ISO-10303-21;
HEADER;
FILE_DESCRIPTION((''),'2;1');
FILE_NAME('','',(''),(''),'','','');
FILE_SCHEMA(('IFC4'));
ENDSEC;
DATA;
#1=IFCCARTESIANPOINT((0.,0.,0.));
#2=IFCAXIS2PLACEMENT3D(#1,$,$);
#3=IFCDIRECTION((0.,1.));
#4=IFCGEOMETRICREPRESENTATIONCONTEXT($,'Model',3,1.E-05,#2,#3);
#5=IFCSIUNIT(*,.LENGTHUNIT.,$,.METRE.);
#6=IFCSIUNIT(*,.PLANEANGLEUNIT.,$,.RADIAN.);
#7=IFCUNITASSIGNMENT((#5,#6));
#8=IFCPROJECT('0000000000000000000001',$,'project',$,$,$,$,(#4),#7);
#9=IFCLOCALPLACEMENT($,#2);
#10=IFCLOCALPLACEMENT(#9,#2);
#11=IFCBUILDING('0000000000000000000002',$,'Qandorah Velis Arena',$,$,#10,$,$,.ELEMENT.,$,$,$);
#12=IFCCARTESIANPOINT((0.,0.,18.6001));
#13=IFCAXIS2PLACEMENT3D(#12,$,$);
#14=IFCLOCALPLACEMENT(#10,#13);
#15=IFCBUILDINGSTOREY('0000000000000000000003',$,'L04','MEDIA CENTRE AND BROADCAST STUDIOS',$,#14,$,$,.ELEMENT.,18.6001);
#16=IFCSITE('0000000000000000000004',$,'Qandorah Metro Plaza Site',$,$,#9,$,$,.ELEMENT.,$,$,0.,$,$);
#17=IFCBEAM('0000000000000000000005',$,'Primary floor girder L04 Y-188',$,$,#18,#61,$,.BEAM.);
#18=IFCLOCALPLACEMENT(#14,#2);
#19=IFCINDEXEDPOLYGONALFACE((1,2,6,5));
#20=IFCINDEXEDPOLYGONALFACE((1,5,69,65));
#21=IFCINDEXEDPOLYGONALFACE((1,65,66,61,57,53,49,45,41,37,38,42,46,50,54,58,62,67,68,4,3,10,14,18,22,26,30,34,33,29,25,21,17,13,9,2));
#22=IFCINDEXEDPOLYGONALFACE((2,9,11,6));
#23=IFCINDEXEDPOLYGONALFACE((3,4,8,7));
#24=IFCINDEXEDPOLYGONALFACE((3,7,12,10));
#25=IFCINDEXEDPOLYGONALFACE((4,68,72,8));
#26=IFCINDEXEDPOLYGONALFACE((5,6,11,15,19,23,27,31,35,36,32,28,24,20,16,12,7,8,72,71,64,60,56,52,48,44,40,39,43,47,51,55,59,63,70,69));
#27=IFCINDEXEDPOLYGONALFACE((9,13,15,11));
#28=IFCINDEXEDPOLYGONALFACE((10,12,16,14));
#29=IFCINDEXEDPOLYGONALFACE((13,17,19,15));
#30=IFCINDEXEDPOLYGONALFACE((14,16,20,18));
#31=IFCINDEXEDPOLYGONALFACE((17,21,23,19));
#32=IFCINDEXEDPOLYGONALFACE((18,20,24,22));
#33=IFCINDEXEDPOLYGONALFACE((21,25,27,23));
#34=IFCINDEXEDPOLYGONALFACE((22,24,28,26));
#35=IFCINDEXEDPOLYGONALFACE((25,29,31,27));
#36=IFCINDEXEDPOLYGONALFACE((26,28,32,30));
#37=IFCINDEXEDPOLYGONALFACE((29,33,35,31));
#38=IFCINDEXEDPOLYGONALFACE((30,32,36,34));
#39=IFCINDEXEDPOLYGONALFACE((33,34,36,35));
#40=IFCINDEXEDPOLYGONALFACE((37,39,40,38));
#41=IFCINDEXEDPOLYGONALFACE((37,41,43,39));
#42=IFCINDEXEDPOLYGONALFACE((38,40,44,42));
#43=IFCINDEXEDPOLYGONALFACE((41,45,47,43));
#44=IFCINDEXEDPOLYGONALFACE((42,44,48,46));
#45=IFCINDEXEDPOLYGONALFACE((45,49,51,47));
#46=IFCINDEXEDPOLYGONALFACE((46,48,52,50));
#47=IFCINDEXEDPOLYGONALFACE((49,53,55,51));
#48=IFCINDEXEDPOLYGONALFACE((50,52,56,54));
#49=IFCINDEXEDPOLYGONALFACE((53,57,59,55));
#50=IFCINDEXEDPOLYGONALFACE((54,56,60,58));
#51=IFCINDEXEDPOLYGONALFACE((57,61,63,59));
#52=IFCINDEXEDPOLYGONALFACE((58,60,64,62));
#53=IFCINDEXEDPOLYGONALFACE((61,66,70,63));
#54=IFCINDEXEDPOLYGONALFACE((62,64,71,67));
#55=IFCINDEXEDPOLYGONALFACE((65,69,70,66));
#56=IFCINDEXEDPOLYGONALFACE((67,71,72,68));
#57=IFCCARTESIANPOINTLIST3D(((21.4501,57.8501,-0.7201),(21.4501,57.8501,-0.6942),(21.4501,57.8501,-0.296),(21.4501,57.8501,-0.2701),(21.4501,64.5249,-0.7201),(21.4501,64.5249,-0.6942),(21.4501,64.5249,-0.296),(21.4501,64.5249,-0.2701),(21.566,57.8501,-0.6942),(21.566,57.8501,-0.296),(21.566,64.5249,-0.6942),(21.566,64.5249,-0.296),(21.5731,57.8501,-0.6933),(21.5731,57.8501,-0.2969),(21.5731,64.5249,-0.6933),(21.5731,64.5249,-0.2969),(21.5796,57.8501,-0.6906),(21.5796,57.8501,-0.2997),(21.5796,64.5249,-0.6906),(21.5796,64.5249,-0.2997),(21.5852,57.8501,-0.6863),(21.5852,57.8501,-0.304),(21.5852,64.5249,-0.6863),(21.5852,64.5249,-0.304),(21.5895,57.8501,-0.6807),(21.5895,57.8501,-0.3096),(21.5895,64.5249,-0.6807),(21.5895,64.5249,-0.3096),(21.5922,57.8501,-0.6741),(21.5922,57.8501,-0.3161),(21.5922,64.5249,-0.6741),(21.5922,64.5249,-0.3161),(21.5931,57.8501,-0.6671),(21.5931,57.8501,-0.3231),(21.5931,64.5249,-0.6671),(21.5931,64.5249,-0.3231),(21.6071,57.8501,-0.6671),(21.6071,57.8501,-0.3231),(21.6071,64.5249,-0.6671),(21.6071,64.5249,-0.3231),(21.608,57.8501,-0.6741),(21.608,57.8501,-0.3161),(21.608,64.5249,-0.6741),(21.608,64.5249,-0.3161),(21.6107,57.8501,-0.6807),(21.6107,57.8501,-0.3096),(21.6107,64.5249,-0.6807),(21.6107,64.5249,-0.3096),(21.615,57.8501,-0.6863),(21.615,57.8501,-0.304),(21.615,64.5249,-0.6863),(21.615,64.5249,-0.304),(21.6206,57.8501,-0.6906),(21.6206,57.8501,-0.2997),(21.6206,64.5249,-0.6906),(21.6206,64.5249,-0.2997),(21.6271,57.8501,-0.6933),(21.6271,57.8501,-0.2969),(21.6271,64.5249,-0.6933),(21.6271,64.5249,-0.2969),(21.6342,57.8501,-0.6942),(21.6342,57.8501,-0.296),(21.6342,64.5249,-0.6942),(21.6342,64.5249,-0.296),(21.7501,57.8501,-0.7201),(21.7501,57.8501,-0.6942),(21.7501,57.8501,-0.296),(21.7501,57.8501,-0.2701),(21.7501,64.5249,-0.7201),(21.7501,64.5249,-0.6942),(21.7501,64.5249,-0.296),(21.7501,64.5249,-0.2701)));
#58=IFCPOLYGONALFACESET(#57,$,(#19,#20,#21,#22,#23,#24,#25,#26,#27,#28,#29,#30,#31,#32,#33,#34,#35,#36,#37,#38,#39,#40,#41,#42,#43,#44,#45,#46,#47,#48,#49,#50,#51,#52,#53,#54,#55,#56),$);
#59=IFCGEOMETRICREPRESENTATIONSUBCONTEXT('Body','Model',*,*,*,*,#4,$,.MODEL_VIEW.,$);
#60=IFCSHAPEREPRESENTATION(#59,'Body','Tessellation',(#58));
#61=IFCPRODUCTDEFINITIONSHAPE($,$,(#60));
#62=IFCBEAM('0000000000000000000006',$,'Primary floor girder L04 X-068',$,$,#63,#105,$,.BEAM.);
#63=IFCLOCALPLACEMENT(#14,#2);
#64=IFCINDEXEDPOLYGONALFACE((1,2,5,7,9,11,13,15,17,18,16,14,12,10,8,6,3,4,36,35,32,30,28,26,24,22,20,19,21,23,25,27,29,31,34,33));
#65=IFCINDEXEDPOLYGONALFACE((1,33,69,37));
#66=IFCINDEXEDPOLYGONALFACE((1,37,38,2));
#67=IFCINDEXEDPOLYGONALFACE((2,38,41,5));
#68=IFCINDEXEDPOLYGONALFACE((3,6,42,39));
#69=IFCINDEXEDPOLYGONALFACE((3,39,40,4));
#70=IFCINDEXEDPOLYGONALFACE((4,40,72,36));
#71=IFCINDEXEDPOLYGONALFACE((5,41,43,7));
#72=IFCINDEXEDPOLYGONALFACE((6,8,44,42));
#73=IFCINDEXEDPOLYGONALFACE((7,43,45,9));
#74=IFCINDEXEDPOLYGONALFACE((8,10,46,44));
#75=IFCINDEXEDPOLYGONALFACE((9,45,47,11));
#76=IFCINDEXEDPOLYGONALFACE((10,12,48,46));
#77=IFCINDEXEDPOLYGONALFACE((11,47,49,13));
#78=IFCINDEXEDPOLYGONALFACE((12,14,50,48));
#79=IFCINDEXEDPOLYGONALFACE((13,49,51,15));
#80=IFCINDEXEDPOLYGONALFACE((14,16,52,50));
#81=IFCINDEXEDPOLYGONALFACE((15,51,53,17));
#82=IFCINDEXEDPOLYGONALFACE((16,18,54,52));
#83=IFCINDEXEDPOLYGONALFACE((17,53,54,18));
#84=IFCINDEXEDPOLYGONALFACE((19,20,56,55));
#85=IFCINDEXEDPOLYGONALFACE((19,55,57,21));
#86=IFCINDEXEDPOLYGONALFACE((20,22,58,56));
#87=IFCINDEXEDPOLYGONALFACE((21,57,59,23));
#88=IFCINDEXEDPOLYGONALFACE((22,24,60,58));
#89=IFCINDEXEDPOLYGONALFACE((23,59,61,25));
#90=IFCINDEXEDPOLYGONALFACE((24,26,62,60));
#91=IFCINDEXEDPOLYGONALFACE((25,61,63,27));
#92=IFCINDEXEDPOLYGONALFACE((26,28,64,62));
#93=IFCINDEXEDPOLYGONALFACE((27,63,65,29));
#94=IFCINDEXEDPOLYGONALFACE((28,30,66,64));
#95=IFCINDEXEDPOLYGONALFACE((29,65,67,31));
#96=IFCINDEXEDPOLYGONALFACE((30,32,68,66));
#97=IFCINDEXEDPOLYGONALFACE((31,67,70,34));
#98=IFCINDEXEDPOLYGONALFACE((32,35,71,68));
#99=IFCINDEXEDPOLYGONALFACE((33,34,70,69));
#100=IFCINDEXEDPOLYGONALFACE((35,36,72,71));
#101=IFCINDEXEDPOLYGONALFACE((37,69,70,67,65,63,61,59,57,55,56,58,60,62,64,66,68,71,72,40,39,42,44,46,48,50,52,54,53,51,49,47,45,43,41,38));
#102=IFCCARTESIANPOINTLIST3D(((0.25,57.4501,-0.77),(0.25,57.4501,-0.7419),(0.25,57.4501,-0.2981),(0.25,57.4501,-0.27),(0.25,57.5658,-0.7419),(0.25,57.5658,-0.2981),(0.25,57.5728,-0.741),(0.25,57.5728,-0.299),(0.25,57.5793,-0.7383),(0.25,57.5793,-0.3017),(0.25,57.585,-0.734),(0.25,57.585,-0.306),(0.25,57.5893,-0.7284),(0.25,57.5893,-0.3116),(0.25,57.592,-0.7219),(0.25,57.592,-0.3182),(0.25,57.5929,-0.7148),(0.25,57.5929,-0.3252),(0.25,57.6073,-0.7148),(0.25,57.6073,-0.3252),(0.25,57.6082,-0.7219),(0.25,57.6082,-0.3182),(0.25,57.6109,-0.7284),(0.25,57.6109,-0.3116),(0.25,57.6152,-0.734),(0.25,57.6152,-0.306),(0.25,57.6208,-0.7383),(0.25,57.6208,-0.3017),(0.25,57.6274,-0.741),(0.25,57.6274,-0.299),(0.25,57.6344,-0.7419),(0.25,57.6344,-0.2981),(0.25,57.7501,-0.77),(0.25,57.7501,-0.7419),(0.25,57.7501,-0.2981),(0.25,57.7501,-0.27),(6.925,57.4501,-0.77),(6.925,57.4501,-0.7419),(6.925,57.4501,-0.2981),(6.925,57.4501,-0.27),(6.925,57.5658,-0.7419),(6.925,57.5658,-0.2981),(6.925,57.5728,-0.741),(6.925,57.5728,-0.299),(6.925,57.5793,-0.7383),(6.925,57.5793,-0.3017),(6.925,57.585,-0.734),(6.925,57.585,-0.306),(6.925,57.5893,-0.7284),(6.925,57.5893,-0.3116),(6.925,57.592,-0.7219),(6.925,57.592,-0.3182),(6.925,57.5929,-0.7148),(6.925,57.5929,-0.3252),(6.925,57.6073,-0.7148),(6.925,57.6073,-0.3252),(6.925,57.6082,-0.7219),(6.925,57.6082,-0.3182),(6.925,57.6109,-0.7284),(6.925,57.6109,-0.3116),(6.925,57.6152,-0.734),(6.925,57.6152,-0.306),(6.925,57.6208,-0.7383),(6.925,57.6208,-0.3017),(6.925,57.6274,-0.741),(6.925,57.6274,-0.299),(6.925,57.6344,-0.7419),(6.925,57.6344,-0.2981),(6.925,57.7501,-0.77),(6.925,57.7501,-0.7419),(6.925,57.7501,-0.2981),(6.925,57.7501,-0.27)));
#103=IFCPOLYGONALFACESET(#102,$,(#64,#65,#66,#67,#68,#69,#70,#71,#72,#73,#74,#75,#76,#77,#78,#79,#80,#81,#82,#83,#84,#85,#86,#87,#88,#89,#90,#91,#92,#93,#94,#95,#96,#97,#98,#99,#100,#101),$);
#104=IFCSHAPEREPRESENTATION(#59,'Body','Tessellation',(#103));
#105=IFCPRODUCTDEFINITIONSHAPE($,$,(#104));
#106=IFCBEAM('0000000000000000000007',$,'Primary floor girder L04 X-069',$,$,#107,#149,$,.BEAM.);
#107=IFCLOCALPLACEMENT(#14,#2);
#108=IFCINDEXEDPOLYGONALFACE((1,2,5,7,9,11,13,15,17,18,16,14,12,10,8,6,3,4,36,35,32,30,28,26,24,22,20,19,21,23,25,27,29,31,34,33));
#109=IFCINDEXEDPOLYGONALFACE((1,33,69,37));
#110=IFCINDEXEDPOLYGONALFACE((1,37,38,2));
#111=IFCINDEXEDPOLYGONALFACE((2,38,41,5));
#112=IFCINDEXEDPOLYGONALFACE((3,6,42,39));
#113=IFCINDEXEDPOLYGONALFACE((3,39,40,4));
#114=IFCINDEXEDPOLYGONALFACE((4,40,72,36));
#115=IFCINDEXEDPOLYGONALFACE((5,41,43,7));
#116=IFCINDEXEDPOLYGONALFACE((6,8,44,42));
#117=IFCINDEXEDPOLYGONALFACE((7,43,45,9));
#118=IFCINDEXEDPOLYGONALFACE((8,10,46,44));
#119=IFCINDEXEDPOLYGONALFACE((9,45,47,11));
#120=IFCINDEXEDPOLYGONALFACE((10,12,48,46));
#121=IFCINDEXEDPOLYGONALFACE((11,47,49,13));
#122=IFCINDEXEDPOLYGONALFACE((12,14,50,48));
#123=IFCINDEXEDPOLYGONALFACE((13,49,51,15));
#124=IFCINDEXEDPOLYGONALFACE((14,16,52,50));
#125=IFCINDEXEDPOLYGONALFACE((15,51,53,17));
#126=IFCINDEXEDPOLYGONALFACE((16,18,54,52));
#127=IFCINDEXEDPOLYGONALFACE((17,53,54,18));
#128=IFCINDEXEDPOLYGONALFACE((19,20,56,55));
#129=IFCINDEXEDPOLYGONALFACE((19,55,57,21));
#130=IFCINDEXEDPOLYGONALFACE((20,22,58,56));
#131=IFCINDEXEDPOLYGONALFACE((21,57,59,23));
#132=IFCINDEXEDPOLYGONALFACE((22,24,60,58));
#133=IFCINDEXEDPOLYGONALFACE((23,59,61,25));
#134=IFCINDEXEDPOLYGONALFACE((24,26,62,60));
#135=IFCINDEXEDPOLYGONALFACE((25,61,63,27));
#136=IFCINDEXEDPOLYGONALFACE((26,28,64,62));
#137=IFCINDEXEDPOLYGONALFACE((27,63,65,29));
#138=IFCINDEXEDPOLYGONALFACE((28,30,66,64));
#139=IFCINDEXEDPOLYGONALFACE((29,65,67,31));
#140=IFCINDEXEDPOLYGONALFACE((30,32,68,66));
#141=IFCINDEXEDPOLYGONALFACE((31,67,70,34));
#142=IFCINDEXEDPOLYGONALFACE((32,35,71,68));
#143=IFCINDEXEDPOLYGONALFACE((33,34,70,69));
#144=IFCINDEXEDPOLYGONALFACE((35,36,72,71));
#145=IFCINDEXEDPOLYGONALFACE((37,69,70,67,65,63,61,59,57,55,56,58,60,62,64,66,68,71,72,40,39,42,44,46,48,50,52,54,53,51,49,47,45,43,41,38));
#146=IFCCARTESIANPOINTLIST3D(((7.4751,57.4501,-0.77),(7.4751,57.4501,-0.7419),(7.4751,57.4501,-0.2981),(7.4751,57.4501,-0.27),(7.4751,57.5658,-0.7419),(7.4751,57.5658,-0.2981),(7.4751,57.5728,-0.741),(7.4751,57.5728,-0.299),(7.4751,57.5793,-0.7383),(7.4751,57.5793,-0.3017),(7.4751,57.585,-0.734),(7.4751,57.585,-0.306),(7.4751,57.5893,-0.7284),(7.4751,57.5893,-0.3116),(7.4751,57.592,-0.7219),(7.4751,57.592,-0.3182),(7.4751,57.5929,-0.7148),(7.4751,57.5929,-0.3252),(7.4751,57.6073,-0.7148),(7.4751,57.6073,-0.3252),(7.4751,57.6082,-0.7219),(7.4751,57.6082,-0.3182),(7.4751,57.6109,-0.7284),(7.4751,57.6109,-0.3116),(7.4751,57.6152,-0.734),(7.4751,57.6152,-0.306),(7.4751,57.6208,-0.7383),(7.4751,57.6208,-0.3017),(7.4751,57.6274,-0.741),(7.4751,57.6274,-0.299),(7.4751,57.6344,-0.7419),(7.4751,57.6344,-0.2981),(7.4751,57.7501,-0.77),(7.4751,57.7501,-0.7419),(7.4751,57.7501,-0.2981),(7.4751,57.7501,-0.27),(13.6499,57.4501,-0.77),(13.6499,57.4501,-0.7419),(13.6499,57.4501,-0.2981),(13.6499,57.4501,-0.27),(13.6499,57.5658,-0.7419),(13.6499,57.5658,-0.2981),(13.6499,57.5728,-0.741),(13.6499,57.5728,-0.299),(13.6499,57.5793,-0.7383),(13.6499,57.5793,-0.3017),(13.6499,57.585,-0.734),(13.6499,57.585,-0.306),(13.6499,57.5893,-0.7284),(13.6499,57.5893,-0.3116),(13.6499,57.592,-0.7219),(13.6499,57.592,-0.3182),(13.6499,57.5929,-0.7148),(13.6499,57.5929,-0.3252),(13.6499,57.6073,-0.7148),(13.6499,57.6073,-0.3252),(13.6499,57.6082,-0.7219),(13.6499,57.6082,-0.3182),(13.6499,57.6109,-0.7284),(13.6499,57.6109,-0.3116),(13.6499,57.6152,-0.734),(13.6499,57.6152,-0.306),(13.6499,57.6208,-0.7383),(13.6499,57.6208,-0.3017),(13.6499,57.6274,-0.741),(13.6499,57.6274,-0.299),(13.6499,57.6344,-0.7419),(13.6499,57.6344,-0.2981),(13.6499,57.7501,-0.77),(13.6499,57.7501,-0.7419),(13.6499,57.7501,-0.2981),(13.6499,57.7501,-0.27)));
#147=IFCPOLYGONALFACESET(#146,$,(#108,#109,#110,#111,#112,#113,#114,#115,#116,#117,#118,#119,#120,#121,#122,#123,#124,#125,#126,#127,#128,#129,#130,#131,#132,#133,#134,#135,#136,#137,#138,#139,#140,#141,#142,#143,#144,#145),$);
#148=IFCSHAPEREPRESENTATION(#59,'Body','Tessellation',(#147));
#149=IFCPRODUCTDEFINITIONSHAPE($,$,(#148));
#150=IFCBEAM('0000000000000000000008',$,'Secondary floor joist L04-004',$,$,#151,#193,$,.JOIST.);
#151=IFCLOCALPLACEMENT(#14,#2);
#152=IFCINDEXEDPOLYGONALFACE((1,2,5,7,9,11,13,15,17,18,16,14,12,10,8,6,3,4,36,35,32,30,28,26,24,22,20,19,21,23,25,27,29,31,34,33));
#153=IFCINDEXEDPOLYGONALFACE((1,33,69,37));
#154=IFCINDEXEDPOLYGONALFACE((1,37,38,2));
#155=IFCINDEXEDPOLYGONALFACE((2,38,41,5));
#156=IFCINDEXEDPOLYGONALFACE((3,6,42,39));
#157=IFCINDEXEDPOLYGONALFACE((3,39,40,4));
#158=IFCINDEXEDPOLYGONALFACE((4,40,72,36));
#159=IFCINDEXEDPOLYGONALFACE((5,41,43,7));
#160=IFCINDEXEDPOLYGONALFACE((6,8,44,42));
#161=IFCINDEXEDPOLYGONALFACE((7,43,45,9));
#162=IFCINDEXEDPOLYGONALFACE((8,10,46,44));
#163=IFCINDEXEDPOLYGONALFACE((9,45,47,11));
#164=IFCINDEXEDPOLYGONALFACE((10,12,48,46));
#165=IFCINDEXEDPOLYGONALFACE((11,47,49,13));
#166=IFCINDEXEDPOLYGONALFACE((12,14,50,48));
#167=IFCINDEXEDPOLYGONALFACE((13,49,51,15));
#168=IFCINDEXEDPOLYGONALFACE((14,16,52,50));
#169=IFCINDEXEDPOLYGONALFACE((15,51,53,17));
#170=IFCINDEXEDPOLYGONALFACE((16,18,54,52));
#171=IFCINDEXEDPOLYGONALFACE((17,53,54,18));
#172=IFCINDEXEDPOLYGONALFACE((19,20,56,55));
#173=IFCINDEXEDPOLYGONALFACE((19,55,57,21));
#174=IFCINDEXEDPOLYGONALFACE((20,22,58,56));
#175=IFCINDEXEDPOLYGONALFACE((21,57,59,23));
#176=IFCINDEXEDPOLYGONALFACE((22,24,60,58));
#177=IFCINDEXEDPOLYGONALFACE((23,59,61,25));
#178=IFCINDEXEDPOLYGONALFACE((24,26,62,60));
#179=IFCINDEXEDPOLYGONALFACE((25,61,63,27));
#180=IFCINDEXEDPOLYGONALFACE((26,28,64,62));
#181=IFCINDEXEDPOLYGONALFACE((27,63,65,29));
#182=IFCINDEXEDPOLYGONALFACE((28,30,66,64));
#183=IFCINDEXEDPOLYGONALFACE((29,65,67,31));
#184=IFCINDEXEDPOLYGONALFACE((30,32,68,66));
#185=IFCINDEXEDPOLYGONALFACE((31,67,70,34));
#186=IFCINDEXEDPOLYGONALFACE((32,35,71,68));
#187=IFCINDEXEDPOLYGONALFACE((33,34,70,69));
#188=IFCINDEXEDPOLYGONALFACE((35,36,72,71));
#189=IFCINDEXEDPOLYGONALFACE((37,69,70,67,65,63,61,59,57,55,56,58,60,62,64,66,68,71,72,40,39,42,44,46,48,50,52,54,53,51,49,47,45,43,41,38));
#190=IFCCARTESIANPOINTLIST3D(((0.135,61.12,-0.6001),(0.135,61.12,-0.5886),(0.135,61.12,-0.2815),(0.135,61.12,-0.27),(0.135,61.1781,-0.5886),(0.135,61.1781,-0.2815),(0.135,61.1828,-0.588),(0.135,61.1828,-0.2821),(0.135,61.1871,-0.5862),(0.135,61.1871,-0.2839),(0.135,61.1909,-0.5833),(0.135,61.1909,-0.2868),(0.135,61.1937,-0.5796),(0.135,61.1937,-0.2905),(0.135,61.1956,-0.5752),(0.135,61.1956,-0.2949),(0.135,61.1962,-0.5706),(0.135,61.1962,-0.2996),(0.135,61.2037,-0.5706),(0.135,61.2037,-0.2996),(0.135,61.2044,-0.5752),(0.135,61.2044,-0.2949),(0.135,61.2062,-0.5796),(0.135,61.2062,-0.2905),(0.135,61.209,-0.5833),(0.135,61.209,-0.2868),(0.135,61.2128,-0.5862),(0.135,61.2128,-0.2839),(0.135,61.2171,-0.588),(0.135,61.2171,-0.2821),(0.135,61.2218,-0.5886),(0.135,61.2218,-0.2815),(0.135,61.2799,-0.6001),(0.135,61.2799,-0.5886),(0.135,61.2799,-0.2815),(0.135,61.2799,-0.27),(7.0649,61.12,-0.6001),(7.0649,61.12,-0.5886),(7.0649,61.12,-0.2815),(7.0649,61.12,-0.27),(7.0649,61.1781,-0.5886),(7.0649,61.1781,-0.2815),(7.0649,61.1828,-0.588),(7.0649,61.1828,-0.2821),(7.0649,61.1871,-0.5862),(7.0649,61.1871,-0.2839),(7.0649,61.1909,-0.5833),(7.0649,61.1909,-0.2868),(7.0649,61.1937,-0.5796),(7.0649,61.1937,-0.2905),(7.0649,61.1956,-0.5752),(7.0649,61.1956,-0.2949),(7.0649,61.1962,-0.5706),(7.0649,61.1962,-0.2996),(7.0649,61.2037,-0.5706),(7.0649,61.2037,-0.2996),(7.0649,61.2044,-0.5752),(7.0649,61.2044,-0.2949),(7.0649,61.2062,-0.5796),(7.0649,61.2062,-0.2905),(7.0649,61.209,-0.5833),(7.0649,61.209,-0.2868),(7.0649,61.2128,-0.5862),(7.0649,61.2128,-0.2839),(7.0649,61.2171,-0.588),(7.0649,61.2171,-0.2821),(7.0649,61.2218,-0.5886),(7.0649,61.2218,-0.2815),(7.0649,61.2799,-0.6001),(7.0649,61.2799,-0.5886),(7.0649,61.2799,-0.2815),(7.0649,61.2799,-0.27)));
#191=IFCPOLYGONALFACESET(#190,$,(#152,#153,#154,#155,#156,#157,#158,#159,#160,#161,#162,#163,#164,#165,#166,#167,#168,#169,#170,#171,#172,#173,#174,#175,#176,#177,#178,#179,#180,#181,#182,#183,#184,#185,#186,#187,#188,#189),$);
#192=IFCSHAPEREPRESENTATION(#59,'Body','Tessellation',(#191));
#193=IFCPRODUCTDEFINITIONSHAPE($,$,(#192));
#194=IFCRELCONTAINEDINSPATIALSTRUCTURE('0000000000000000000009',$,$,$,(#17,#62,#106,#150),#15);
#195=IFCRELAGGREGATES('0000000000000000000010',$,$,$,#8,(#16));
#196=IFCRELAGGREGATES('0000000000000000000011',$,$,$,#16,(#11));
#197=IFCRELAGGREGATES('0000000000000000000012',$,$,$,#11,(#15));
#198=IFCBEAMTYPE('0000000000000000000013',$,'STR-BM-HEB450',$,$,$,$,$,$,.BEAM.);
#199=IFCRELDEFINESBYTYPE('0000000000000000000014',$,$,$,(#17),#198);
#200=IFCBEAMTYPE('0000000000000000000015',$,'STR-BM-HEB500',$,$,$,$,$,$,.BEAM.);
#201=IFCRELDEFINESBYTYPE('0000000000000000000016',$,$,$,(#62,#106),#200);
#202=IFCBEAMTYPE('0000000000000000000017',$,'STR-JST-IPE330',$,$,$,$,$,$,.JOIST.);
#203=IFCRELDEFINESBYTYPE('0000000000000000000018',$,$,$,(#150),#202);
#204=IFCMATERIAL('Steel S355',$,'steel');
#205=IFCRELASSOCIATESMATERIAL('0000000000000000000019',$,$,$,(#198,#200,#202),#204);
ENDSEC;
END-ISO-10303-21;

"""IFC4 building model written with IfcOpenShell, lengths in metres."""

from ifc_helpers import new_model, si_unit, direction, frame, origin, origin_2d, place, context, subcontext, project, spatial, i_section, extrude, material, material_profile, profile_set, type_object, element, save


model = new_model("IFC4")

# Units and contexts
model_context = context("Model", 3, precision=1e-05, world=origin(), true_north=direction((0.0, 1.0)))
body_context = subcontext(model_context, "Body", "Model", "MODEL_VIEW")
ifc_project = project(units=[si_unit("LENGTHUNIT", "METRE"), si_unit("PLANEANGLEUNIT", "RADIAN")], contexts=[model_context])

# Site, building, storey
site_placement = place(None, origin())
site = spatial("IfcSite", under=ifc_project, at=site_placement, Name="Qandorah Metro Plaza Site", CompositionType="ELEMENT", RefElevation=0.0)
building_placement = place(site_placement, origin())
building = spatial("IfcBuilding", under=site, at=building_placement, Name="Qandorah Velis Arena", CompositionType="ELEMENT")
storey_placement = place(building_placement, frame((0.0, 0.0, 18.6001)))
storey = spatial("IfcBuildingStorey", under=building, at=storey_placement, Name="L04", Description="MEDIA CENTRE AND BROADCAST STUDIOS", CompositionType="ELEMENT", Elevation=18.6001)

# Shared definitions
ifc_material_1 = material(Name="Steel S355", Category="steel")

# Beams
ifc_material_profile_1 = material_profile(ifc_material_1, i_section(OverallWidth=0.3, OverallDepth=0.45, WebThickness=0.0139, FlangeThickness=0.0259, FilletRadius=0.0271, at=origin_2d()), Name="HEB 450")
ifc_profile_set_1 = profile_set([ifc_material_profile_1], Name="Steel S355")
beam_type_1 = type_object("IfcBeamType", Name="STR-BM-HEB450", PredefinedType="BEAM", material=ifc_profile_set_1)
beam_1_placement = place(storey_placement, frame((21.6001, 57.8501, -0.4951), z_axis=(0.0, 1.0, 0.0), x_axis=(-1.0, 0.0, 0.0)))
element("IfcBeam", 1, at=beam_1_placement, inside=storey, type_object=beam_type_1, Name="Primary floor girder L04 Y-188", PredefinedType="BEAM", context=body_context, shape_type="SweptSolid", body=[
    extrude(i_section(OverallWidth=0.3, OverallDepth=0.45, WebThickness=0.0139, FlangeThickness=0.0259, FilletRadius=0.0271, at=origin_2d()), origin(), (0.0, 0.0, 1.0), 6.6748),
])
ifc_material_profile_2 = material_profile(ifc_material_1, i_section(OverallWidth=0.3, OverallDepth=0.5, WebThickness=0.0144, FlangeThickness=0.0281, FilletRadius=0.0271, at=origin_2d()), Name="HEB 500")
ifc_profile_set_2 = profile_set([ifc_material_profile_2], Name="Steel S355")
beam_type_2 = type_object("IfcBeamType", Name="STR-BM-HEB500", PredefinedType="BEAM", material=ifc_profile_set_2)
beam_2_placement = place(storey_placement, frame((0.25, 57.6001, -0.52), z_axis=(1.0, 0.0, 0.0), x_axis=(0.0, 1.0, 0.0)))
element("IfcBeam", 2, at=beam_2_placement, inside=storey, type_object=beam_type_2, Name="Primary floor girder L04 X-068", PredefinedType="BEAM", context=body_context, shape_type="SweptSolid", body=[
    extrude(i_section(OverallWidth=0.3, OverallDepth=0.5, WebThickness=0.0144, FlangeThickness=0.0281, FilletRadius=0.0271, at=origin_2d()), origin(), (0.0, 0.0, 1.0), 6.675),
])
beam_3_placement = place(storey_placement, frame((7.4751, 57.6001, -0.52), z_axis=(1.0, 0.0, 0.0), x_axis=(0.0, 1.0, 0.0)))
element("IfcBeam", 3, at=beam_3_placement, inside=storey, type_object=beam_type_2, Name="Primary floor girder L04 X-069", PredefinedType="BEAM", context=body_context, shape_type="SweptSolid", body=[
    extrude(i_section(OverallWidth=0.3, OverallDepth=0.5, WebThickness=0.0144, FlangeThickness=0.0281, FilletRadius=0.0271, at=origin_2d()), origin(), (0.0, 0.0, 1.0), 6.1748),
])
ifc_material_profile_3 = material_profile(ifc_material_1, i_section(OverallWidth=0.1599, OverallDepth=0.3301, WebThickness=0.0076, FlangeThickness=0.0115, FilletRadius=0.0181, at=origin_2d()), Name="IPE 330")
ifc_profile_set_3 = profile_set([ifc_material_profile_3], Name="Steel S355")
beam_type_3 = type_object("IfcBeamType", Name="STR-JST-IPE330", PredefinedType="JOIST", material=ifc_profile_set_3)
for number, where, z_axis, x_axis, name in (
    (4, (0.135, 61.2, -0.4351), (1.0, 0.0, 0.0), (0.0, 1.0, 0.0), "Secondary floor joist L04-004"),
):
    element("IfcBeam", number, at=place(storey_placement, frame(where, z_axis=z_axis, x_axis=x_axis)), inside=storey, type_object=beam_type_3, Name=name, PredefinedType="JOIST", context=body_context, shape_type="SweptSolid", body=[
        extrude(i_section(OverallWidth=0.1599, OverallDepth=0.3301, WebThickness=0.0076, FlangeThickness=0.0115, FilletRadius=0.0181, at=origin_2d()), origin(), (0.0, 0.0, 1.0), 6.9299),
    ])

save(model, "model.ifc")
